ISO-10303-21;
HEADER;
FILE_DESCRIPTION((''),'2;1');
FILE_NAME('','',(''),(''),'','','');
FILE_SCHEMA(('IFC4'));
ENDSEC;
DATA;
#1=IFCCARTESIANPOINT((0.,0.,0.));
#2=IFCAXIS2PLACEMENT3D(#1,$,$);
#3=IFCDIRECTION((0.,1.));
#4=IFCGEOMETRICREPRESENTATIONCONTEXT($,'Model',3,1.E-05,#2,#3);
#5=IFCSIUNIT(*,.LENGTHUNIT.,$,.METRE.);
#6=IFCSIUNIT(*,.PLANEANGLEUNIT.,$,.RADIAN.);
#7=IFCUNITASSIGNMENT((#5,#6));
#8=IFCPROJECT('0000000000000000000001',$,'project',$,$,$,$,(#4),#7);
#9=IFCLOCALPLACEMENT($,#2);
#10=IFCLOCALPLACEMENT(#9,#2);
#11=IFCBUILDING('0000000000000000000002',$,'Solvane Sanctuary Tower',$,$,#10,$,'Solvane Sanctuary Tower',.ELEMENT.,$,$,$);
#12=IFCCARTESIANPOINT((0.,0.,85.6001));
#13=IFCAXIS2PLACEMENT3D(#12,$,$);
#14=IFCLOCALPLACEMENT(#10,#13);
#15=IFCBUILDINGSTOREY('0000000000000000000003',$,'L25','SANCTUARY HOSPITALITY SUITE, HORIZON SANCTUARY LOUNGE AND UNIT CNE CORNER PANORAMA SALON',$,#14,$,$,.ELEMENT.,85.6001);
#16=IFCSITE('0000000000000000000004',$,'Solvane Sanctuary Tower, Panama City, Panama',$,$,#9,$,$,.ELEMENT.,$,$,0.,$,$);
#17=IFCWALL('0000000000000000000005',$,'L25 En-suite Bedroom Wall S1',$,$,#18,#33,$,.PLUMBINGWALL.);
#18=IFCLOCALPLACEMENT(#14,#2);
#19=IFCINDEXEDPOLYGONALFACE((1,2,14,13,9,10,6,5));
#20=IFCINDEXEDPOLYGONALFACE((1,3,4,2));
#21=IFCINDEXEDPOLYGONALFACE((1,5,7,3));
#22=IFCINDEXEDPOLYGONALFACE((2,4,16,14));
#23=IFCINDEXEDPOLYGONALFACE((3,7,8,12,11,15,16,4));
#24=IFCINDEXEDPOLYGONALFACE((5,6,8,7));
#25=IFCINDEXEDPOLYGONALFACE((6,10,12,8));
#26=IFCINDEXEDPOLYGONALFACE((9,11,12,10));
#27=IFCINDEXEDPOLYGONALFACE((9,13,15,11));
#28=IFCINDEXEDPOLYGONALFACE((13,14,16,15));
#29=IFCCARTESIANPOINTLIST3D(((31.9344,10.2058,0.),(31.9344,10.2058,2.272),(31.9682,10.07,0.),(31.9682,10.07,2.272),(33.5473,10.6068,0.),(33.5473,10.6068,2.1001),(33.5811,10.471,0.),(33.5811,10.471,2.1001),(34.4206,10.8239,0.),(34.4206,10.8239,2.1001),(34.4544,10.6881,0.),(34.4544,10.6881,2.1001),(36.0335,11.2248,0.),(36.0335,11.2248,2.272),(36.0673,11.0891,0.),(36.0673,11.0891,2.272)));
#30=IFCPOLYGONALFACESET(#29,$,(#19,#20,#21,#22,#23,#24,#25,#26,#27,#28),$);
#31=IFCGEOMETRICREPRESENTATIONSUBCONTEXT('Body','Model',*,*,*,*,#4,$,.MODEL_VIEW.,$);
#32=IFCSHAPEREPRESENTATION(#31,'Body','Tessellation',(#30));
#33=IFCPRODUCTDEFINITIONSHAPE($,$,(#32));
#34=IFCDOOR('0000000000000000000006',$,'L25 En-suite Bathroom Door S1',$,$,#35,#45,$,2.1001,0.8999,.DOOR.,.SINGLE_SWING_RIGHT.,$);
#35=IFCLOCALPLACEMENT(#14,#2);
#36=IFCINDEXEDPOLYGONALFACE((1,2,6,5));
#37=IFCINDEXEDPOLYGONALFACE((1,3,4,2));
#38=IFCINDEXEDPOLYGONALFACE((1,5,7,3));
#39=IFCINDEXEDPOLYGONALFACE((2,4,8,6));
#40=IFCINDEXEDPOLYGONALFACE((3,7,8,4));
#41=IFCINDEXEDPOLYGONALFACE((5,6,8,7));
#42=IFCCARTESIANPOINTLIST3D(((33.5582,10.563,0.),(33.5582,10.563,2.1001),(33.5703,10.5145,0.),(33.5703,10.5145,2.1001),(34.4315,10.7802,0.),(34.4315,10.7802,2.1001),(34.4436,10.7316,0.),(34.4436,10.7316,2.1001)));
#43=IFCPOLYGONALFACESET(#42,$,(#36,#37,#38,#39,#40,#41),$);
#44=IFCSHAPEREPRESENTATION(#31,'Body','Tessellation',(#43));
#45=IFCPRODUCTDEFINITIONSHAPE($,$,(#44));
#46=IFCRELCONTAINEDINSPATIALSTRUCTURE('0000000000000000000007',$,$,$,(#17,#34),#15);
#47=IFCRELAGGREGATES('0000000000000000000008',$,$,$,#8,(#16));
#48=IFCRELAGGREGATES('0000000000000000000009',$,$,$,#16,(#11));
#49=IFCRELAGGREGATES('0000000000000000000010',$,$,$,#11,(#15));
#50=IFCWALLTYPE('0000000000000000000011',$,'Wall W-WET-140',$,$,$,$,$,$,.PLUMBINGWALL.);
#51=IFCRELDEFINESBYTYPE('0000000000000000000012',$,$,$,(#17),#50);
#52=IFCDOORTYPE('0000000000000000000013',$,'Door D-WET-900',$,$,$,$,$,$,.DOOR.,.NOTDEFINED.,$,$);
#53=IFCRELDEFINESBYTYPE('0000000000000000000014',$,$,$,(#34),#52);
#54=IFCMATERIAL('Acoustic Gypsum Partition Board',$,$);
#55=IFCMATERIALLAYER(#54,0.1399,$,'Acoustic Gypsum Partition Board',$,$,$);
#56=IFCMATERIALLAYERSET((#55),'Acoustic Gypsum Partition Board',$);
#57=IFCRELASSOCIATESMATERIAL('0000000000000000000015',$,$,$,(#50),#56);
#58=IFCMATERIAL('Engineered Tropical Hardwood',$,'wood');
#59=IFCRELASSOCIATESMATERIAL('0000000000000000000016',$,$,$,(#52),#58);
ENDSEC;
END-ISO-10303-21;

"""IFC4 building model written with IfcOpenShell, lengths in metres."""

from ifc_helpers import new_model, si_unit, direction, frame, frame_2d, origin, place, context, subcontext, project, spatial, rectangle, extrude, material, layer, layer_set, type_object, element, fill, save


model = new_model("IFC4")

# Units and contexts
model_context = context("Model", 3, precision=1e-05, world=origin(), true_north=direction((0.0, 1.0)))
body_context = subcontext(model_context, "Body", "Model", "MODEL_VIEW")
ifc_project = project(units=[si_unit("LENGTHUNIT", "METRE"), si_unit("PLANEANGLEUNIT", "RADIAN")], contexts=[model_context])

# Site, building, storey
site_placement = place(None, origin())
site = spatial("IfcSite", under=ifc_project, at=site_placement, Name="Solvane Sanctuary Tower, Panama City, Panama", CompositionType="ELEMENT", RefElevation=0.0)
building_placement = place(site_placement, origin())
building = spatial("IfcBuilding", under=site, at=building_placement, Name="Solvane Sanctuary Tower", LongName="Solvane Sanctuary Tower", CompositionType="ELEMENT")
storey_placement = place(building_placement, frame((0.0, 0.0, 85.6001)))
storey = spatial("IfcBuildingStorey", under=building, at=storey_placement, Name="L25", Description="SANCTUARY HOSPITALITY SUITE, HORIZON SANCTUARY LOUNGE AND UNIT CNE CORNER PANORAMA SALON", CompositionType="ELEMENT", Elevation=85.6001)

# Shared definitions
ifc_material_1 = material(Name="Acoustic Gypsum Partition Board")

# Shared definitions
ifc_material_2 = material(Name="Engineered Tropical Hardwood", Category="wood")

# Wall, opening, door
ifc_layer_1 = layer(ifc_material_1, 0.1399, Name="Acoustic Gypsum Partition Board")
ifc_layer_set_1 = layer_set([ifc_layer_1], Name="Acoustic Gypsum Partition Board")
wall_type_1 = type_object("IfcWallType", Name="Wall W-WET-140", PredefinedType="PLUMBINGWALL", material=ifc_layer_set_1)
wall_1_placement = place(storey_placement, frame((31.9514, 10.1379, 0.0), z_axis=(0.0, 0.0, 1.0), x_axis=(0.970461, 0.241257, 0.0)))
wall_1 = element("IfcWall", 1, at=wall_1_placement, inside=storey, type_object=wall_type_1, Name="L25 En-suite Bedroom Wall S1", PredefinedType="PLUMBINGWALL", context=body_context, shape_type="SweptSolid", body=[
    extrude(rectangle(XDim=4.2239, YDim=0.1399, at=frame_2d((2.1118, 0.0))), origin(), (0.0, 0.0, 1.0), 2.272),
])
opening_1_placement = place(wall_1_placement, frame((1.6619, 0.0, 0.0)))
opening_1 = element("IfcOpeningElement", 2, at=opening_1_placement, cuts=wall_1, PredefinedType="OPENING", context=body_context, shape_type="SweptSolid", body=[
    extrude(rectangle(XDim=0.8999, YDim=2.1001, at=frame_2d((0.45, 1.05))), frame((0.0, 0.0798, 0.0), z_axis=(0.0, -1.0, 0.0), x_axis=(1.0, 0.0, 0.0)), (0.0, 0.0, 1.0), 0.1599),
])
door_type_1 = type_object("IfcDoorType", Name="Door D-WET-900", OperationType="NOTDEFINED", PredefinedType="DOOR", material=ifc_material_2)
door_1_placement = place(opening_1_placement, origin())
door_1 = element("IfcDoor", 3, at=door_1_placement, inside=storey, type_object=door_type_1, Name="L25 En-suite Bathroom Door S1", OperationType="SINGLE_SWING_RIGHT", OverallHeight=2.1001, OverallWidth=0.8999, PredefinedType="DOOR", context=body_context, shape_type="SweptSolid", body=[
    extrude(rectangle(XDim=0.8999, YDim=2.1001, at=frame_2d((0.45, 1.05))), frame((0.0, 0.0249, 0.0), z_axis=(0.0, -1.0, 0.0), x_axis=(1.0, 0.0, 0.0)), (0.0, 0.0, 1.0), 0.05),
])
fill(opening_1, door_1)

save(model, "model.ifc")
